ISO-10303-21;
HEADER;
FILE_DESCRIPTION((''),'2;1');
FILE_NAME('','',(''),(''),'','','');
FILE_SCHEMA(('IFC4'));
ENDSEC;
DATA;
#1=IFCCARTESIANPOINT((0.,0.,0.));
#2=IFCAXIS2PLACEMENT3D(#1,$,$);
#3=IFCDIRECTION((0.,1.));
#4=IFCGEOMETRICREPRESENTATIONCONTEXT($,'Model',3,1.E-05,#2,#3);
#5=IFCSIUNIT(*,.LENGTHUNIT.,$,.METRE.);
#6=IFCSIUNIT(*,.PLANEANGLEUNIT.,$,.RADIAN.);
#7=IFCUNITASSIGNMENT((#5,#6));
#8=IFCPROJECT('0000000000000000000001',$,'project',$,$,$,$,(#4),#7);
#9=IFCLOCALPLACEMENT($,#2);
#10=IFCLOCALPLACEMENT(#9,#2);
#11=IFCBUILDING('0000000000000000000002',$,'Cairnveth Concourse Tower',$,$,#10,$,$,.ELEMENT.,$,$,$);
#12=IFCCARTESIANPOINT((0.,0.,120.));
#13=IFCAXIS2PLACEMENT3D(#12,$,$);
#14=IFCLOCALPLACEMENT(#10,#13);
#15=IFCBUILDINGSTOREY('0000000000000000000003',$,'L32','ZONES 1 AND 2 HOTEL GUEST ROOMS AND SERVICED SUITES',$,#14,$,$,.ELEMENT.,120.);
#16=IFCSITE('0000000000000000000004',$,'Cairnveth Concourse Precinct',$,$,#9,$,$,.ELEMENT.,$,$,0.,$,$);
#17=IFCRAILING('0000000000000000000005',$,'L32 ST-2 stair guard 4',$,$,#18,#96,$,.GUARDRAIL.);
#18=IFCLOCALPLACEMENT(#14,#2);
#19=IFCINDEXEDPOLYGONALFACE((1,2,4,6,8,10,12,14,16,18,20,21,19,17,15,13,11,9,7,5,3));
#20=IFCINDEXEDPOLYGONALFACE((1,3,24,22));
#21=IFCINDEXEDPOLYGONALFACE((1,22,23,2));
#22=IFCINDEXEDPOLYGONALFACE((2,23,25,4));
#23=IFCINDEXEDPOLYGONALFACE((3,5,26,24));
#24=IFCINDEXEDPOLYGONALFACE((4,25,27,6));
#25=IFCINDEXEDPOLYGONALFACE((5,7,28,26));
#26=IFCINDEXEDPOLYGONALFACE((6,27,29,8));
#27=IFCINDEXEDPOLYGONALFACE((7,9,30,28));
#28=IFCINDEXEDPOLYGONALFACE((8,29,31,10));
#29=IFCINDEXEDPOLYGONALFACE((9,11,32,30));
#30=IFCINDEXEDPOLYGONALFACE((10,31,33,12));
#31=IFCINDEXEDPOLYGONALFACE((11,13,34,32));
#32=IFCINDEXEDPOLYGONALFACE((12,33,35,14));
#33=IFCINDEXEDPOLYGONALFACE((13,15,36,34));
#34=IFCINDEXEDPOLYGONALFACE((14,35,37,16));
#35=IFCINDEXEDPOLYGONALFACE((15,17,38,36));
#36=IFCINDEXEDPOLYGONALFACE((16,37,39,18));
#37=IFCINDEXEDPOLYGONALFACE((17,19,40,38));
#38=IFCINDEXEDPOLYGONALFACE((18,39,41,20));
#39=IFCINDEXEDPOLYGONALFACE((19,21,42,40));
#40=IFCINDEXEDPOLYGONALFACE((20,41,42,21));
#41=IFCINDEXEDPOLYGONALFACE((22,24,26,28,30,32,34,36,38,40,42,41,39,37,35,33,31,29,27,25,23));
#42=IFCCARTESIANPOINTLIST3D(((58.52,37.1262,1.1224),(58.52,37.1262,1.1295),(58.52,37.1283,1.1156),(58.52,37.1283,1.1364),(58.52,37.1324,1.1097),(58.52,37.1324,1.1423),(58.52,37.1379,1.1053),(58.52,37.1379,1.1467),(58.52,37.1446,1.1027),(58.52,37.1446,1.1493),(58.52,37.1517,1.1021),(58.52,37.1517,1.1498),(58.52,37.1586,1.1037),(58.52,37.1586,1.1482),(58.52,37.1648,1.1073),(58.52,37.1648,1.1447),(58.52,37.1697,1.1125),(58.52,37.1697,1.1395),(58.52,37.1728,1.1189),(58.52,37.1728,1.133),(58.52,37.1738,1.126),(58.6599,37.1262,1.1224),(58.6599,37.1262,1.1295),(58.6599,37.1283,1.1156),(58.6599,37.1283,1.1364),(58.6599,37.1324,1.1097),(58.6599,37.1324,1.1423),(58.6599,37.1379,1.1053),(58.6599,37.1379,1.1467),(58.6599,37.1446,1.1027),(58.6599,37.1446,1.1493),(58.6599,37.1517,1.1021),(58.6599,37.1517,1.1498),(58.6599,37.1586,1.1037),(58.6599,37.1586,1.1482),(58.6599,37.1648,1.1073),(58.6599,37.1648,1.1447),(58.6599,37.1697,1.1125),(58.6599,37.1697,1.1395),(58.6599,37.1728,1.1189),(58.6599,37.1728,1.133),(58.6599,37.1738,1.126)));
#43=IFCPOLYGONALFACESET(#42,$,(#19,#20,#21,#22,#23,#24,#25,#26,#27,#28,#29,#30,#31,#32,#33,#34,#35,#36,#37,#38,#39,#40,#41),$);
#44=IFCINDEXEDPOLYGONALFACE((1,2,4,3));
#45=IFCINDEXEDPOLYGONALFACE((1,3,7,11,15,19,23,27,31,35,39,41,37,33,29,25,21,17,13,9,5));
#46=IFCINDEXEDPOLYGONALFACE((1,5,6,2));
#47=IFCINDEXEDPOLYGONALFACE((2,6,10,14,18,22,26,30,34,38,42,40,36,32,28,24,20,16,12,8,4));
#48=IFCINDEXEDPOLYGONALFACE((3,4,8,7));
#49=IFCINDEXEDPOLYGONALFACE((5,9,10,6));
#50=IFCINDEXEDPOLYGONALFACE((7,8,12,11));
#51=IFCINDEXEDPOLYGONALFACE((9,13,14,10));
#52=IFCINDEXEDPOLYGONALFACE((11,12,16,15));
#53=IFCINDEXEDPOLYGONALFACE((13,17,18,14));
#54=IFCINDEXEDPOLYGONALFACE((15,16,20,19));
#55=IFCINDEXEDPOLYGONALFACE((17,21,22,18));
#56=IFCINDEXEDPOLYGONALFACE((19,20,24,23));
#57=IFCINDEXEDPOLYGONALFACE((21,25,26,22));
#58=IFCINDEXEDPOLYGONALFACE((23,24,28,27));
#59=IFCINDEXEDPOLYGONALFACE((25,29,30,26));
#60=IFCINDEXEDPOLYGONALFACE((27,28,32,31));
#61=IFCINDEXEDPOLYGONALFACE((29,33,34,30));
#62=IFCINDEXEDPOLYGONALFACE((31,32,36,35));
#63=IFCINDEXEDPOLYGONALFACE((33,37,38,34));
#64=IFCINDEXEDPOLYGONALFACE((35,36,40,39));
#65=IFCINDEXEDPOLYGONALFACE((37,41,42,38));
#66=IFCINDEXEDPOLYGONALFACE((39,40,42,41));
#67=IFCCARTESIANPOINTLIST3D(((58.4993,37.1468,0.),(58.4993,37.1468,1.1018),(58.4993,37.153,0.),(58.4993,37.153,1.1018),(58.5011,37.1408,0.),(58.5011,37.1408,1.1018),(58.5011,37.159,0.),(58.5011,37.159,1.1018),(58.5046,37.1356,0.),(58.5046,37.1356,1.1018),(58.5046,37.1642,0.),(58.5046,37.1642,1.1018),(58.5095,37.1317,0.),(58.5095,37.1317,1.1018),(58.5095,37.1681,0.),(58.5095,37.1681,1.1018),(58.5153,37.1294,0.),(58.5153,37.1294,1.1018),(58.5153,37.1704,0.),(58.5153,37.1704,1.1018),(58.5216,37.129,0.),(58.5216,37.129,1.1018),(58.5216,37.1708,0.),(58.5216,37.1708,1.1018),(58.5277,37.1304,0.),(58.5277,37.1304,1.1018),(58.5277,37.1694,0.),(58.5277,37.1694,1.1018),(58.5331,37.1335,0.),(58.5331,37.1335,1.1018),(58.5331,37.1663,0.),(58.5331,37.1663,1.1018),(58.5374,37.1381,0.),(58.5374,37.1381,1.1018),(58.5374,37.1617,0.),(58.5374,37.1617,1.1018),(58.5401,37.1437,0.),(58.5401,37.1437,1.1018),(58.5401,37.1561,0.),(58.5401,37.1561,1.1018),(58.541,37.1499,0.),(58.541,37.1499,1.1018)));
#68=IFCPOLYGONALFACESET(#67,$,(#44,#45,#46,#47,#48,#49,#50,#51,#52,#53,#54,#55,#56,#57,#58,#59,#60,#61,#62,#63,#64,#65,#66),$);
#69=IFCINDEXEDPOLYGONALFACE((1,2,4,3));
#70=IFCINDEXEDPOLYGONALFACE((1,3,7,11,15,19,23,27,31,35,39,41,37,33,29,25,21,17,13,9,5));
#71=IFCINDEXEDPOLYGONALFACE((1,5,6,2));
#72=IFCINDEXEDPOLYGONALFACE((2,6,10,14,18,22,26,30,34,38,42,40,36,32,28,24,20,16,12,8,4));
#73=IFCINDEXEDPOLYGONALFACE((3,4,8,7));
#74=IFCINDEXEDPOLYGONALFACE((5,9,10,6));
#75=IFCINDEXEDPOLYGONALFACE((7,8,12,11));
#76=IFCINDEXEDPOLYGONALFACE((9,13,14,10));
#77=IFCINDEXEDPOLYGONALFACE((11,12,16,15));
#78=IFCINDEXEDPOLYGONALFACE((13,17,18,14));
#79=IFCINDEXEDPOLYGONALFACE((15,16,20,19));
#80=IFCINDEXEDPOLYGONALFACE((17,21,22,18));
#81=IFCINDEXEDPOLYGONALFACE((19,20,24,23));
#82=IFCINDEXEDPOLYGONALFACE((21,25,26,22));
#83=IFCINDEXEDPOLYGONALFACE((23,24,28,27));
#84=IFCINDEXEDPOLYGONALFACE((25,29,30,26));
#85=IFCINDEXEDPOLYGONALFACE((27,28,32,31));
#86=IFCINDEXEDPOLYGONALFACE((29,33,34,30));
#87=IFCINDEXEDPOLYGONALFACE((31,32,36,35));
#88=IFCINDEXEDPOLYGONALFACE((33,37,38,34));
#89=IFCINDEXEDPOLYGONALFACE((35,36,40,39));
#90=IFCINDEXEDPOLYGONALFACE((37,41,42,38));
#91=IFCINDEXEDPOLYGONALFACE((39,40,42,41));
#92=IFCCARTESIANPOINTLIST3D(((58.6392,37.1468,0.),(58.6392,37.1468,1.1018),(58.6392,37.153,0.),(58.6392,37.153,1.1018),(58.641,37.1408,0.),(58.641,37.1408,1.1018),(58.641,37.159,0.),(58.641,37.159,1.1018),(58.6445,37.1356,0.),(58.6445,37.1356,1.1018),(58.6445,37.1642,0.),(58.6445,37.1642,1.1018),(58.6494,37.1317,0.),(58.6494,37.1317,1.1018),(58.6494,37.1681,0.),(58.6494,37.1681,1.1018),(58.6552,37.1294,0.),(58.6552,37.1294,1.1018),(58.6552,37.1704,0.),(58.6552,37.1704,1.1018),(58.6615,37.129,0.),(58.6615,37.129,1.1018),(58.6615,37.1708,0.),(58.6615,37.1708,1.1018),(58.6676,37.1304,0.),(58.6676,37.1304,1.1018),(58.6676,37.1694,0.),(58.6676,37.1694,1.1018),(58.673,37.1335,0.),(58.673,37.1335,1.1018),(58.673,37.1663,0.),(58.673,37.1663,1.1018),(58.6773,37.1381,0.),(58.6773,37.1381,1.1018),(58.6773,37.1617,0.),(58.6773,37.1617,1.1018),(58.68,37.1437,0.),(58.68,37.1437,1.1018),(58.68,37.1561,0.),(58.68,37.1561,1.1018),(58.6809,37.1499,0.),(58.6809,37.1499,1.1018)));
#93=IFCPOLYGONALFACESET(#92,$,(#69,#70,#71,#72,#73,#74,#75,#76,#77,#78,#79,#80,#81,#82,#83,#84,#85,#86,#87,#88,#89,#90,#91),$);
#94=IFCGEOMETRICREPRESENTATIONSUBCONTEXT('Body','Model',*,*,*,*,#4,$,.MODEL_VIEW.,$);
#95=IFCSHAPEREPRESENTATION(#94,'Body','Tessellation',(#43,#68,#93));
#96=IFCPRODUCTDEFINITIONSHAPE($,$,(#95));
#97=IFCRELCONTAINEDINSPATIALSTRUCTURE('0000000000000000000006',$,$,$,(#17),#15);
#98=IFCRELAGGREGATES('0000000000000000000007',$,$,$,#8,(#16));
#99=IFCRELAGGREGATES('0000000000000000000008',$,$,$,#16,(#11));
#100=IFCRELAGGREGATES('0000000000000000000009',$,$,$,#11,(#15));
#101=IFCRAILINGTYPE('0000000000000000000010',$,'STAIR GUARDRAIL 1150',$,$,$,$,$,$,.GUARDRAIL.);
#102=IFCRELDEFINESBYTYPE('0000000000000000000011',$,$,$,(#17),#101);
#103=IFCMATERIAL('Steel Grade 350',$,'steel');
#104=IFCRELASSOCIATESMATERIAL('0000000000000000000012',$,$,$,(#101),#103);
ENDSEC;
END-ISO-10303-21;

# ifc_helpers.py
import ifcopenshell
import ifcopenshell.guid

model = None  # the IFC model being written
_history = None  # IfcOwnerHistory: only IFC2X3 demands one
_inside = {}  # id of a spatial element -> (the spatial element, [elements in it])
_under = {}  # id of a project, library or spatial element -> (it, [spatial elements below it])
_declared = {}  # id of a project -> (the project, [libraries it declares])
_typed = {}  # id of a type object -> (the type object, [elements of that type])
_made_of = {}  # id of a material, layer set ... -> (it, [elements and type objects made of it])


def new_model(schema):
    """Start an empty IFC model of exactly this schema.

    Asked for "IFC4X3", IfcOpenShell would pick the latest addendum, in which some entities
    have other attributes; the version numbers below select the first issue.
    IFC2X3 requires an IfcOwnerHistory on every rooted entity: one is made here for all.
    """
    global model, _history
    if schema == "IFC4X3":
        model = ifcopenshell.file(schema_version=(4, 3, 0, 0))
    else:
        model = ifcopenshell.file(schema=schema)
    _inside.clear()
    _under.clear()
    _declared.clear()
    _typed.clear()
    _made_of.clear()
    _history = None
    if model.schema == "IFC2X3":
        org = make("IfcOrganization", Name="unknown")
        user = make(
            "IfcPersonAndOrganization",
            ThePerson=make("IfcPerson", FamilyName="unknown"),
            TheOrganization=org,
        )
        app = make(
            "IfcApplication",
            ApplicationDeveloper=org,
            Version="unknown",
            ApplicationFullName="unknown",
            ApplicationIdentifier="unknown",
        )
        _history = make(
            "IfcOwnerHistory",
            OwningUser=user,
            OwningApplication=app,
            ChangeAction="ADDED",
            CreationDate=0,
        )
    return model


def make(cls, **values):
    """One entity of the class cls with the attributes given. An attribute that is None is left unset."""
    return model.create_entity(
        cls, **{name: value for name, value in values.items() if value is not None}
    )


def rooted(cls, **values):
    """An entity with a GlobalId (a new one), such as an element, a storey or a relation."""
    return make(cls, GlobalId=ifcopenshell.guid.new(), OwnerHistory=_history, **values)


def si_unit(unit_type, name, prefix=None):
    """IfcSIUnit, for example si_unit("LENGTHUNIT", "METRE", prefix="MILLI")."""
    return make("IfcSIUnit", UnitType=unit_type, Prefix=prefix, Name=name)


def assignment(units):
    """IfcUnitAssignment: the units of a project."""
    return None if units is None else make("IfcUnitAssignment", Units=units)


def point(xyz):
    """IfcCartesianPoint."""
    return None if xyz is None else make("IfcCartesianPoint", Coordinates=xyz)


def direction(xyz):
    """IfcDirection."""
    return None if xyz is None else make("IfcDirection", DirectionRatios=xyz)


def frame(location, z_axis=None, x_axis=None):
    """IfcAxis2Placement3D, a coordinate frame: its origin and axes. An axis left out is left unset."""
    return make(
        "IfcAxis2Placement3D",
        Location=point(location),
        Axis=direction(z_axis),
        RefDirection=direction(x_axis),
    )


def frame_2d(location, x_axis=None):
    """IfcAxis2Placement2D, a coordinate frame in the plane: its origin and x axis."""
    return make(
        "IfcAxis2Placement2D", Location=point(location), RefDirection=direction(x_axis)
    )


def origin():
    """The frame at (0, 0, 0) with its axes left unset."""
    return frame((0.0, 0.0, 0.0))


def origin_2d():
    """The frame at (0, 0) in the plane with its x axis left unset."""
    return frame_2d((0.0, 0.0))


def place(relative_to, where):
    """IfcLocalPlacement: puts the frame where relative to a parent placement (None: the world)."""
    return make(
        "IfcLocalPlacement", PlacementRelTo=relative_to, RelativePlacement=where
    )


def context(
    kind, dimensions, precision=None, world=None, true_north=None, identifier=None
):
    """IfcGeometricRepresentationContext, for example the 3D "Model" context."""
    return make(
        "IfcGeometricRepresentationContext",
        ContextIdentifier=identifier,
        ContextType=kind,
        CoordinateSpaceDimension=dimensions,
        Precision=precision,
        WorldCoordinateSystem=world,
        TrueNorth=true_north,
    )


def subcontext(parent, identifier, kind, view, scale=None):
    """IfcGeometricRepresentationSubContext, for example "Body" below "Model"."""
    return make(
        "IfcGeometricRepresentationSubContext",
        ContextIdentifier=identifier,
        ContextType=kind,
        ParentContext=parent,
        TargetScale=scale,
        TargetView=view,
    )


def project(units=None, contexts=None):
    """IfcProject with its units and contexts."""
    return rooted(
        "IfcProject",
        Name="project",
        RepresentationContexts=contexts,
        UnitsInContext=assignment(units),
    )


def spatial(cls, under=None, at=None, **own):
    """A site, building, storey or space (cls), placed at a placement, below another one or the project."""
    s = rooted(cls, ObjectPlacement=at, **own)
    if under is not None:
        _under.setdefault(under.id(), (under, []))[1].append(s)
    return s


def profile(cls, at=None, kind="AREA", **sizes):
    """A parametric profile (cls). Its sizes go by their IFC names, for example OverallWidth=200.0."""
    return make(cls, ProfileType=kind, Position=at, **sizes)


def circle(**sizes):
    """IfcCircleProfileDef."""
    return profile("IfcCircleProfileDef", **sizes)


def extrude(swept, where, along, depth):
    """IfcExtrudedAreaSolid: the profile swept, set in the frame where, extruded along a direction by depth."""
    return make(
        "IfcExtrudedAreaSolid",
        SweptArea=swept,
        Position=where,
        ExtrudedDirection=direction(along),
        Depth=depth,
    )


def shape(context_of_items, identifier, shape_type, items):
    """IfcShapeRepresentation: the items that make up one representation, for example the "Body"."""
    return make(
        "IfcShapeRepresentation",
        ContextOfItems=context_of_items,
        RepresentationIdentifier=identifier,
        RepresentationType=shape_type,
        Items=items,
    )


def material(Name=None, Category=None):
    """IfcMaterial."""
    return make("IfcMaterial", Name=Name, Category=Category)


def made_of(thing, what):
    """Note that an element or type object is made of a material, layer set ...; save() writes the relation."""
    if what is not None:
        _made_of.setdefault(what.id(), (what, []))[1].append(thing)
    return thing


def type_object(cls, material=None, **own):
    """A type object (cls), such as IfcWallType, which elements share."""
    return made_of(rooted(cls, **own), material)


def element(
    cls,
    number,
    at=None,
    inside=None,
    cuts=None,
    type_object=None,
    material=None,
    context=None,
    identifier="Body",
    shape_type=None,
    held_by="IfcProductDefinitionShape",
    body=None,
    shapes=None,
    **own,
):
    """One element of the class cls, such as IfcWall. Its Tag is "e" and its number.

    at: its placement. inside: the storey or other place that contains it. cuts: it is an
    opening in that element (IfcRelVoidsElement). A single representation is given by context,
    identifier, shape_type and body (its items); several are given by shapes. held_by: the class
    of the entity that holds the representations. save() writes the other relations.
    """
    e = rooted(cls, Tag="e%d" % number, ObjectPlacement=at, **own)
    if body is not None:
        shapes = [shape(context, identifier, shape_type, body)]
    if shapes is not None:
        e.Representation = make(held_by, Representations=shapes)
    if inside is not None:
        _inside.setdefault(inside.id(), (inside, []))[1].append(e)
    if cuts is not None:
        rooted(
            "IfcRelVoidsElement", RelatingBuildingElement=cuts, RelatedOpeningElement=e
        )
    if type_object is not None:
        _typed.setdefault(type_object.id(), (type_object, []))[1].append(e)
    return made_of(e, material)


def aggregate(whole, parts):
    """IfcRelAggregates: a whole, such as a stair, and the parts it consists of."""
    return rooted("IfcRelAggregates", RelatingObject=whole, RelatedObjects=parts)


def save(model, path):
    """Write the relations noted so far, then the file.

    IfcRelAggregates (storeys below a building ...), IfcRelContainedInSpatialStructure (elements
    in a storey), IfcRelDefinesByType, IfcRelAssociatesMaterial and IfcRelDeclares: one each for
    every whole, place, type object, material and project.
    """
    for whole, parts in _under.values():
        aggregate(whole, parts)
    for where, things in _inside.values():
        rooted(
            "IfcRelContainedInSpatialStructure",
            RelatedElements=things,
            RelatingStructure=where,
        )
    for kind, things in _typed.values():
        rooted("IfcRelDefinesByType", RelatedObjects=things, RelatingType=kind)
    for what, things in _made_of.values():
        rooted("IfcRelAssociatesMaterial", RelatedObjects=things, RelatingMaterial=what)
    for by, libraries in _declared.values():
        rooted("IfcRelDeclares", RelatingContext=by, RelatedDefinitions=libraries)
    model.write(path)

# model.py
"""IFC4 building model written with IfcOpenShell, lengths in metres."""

from ifc_helpers import new_model, si_unit, direction, frame, origin, origin_2d, place, context, subcontext, project, spatial, circle, extrude, material, type_object, element, save


model = new_model("IFC4")

# Units and contexts
model_context = context("Model", 3, precision=1e-05, world=origin(), true_north=direction((0.0, 1.0)))
body_context = subcontext(model_context, "Body", "Model", "MODEL_VIEW")
ifc_project = project(units=[si_unit("LENGTHUNIT", "METRE"), si_unit("PLANEANGLEUNIT", "RADIAN")], contexts=[model_context])

# Site, building, storey
site_placement = place(None, origin())
site = spatial("IfcSite", under=ifc_project, at=site_placement, Name="Cairnveth Concourse Precinct", CompositionType="ELEMENT", RefElevation=0.0)
building_placement = place(site_placement, origin())
building = spatial("IfcBuilding", under=site, at=building_placement, Name="Cairnveth Concourse Tower", CompositionType="ELEMENT")
storey_placement = place(building_placement, frame((0.0, 0.0, 120.0)))
storey = spatial("IfcBuildingStorey", under=building, at=storey_placement, Name="L32", Description="ZONES 1 AND 2 HOTEL GUEST ROOMS AND SERVICED SUITES", CompositionType="ELEMENT", Elevation=120.0)

# Shared definitions
ifc_material_1 = material(Name="Steel Grade 350", Category="steel")

# Railing
railing_type = type_object("IfcRailingType", Name="STAIR GUARDRAIL 1150", PredefinedType="GUARDRAIL", material=ifc_material_1)
railing_1_placement = place(storey_placement, frame((58.52, 37.1499, 0.0)))
element("IfcRailing", 1, at=railing_1_placement, inside=storey, type_object=railing_type, Name="L32 ST-2 stair guard 4", PredefinedType="GUARDRAIL", context=body_context, shape_type="SweptSolid", body=[
    extrude(circle(Radius=0.0239, at=origin_2d()), frame((0.0, 0.0, 1.126), z_axis=(1.0, 0.0, 0.0), x_axis=(0.0, 1.0, 0.0)), (0.0, 0.0, 1.0), 0.1399),
    extrude(circle(Radius=0.021, at=origin_2d()), origin(), (0.0, 0.0, 1.0), 1.1018),
    extrude(circle(Radius=0.021, at=origin_2d()), frame((0.1399, 0.0, 0.0)), (0.0, 0.0, 1.0), 1.1018),
])

save(model, "model.ifc")
